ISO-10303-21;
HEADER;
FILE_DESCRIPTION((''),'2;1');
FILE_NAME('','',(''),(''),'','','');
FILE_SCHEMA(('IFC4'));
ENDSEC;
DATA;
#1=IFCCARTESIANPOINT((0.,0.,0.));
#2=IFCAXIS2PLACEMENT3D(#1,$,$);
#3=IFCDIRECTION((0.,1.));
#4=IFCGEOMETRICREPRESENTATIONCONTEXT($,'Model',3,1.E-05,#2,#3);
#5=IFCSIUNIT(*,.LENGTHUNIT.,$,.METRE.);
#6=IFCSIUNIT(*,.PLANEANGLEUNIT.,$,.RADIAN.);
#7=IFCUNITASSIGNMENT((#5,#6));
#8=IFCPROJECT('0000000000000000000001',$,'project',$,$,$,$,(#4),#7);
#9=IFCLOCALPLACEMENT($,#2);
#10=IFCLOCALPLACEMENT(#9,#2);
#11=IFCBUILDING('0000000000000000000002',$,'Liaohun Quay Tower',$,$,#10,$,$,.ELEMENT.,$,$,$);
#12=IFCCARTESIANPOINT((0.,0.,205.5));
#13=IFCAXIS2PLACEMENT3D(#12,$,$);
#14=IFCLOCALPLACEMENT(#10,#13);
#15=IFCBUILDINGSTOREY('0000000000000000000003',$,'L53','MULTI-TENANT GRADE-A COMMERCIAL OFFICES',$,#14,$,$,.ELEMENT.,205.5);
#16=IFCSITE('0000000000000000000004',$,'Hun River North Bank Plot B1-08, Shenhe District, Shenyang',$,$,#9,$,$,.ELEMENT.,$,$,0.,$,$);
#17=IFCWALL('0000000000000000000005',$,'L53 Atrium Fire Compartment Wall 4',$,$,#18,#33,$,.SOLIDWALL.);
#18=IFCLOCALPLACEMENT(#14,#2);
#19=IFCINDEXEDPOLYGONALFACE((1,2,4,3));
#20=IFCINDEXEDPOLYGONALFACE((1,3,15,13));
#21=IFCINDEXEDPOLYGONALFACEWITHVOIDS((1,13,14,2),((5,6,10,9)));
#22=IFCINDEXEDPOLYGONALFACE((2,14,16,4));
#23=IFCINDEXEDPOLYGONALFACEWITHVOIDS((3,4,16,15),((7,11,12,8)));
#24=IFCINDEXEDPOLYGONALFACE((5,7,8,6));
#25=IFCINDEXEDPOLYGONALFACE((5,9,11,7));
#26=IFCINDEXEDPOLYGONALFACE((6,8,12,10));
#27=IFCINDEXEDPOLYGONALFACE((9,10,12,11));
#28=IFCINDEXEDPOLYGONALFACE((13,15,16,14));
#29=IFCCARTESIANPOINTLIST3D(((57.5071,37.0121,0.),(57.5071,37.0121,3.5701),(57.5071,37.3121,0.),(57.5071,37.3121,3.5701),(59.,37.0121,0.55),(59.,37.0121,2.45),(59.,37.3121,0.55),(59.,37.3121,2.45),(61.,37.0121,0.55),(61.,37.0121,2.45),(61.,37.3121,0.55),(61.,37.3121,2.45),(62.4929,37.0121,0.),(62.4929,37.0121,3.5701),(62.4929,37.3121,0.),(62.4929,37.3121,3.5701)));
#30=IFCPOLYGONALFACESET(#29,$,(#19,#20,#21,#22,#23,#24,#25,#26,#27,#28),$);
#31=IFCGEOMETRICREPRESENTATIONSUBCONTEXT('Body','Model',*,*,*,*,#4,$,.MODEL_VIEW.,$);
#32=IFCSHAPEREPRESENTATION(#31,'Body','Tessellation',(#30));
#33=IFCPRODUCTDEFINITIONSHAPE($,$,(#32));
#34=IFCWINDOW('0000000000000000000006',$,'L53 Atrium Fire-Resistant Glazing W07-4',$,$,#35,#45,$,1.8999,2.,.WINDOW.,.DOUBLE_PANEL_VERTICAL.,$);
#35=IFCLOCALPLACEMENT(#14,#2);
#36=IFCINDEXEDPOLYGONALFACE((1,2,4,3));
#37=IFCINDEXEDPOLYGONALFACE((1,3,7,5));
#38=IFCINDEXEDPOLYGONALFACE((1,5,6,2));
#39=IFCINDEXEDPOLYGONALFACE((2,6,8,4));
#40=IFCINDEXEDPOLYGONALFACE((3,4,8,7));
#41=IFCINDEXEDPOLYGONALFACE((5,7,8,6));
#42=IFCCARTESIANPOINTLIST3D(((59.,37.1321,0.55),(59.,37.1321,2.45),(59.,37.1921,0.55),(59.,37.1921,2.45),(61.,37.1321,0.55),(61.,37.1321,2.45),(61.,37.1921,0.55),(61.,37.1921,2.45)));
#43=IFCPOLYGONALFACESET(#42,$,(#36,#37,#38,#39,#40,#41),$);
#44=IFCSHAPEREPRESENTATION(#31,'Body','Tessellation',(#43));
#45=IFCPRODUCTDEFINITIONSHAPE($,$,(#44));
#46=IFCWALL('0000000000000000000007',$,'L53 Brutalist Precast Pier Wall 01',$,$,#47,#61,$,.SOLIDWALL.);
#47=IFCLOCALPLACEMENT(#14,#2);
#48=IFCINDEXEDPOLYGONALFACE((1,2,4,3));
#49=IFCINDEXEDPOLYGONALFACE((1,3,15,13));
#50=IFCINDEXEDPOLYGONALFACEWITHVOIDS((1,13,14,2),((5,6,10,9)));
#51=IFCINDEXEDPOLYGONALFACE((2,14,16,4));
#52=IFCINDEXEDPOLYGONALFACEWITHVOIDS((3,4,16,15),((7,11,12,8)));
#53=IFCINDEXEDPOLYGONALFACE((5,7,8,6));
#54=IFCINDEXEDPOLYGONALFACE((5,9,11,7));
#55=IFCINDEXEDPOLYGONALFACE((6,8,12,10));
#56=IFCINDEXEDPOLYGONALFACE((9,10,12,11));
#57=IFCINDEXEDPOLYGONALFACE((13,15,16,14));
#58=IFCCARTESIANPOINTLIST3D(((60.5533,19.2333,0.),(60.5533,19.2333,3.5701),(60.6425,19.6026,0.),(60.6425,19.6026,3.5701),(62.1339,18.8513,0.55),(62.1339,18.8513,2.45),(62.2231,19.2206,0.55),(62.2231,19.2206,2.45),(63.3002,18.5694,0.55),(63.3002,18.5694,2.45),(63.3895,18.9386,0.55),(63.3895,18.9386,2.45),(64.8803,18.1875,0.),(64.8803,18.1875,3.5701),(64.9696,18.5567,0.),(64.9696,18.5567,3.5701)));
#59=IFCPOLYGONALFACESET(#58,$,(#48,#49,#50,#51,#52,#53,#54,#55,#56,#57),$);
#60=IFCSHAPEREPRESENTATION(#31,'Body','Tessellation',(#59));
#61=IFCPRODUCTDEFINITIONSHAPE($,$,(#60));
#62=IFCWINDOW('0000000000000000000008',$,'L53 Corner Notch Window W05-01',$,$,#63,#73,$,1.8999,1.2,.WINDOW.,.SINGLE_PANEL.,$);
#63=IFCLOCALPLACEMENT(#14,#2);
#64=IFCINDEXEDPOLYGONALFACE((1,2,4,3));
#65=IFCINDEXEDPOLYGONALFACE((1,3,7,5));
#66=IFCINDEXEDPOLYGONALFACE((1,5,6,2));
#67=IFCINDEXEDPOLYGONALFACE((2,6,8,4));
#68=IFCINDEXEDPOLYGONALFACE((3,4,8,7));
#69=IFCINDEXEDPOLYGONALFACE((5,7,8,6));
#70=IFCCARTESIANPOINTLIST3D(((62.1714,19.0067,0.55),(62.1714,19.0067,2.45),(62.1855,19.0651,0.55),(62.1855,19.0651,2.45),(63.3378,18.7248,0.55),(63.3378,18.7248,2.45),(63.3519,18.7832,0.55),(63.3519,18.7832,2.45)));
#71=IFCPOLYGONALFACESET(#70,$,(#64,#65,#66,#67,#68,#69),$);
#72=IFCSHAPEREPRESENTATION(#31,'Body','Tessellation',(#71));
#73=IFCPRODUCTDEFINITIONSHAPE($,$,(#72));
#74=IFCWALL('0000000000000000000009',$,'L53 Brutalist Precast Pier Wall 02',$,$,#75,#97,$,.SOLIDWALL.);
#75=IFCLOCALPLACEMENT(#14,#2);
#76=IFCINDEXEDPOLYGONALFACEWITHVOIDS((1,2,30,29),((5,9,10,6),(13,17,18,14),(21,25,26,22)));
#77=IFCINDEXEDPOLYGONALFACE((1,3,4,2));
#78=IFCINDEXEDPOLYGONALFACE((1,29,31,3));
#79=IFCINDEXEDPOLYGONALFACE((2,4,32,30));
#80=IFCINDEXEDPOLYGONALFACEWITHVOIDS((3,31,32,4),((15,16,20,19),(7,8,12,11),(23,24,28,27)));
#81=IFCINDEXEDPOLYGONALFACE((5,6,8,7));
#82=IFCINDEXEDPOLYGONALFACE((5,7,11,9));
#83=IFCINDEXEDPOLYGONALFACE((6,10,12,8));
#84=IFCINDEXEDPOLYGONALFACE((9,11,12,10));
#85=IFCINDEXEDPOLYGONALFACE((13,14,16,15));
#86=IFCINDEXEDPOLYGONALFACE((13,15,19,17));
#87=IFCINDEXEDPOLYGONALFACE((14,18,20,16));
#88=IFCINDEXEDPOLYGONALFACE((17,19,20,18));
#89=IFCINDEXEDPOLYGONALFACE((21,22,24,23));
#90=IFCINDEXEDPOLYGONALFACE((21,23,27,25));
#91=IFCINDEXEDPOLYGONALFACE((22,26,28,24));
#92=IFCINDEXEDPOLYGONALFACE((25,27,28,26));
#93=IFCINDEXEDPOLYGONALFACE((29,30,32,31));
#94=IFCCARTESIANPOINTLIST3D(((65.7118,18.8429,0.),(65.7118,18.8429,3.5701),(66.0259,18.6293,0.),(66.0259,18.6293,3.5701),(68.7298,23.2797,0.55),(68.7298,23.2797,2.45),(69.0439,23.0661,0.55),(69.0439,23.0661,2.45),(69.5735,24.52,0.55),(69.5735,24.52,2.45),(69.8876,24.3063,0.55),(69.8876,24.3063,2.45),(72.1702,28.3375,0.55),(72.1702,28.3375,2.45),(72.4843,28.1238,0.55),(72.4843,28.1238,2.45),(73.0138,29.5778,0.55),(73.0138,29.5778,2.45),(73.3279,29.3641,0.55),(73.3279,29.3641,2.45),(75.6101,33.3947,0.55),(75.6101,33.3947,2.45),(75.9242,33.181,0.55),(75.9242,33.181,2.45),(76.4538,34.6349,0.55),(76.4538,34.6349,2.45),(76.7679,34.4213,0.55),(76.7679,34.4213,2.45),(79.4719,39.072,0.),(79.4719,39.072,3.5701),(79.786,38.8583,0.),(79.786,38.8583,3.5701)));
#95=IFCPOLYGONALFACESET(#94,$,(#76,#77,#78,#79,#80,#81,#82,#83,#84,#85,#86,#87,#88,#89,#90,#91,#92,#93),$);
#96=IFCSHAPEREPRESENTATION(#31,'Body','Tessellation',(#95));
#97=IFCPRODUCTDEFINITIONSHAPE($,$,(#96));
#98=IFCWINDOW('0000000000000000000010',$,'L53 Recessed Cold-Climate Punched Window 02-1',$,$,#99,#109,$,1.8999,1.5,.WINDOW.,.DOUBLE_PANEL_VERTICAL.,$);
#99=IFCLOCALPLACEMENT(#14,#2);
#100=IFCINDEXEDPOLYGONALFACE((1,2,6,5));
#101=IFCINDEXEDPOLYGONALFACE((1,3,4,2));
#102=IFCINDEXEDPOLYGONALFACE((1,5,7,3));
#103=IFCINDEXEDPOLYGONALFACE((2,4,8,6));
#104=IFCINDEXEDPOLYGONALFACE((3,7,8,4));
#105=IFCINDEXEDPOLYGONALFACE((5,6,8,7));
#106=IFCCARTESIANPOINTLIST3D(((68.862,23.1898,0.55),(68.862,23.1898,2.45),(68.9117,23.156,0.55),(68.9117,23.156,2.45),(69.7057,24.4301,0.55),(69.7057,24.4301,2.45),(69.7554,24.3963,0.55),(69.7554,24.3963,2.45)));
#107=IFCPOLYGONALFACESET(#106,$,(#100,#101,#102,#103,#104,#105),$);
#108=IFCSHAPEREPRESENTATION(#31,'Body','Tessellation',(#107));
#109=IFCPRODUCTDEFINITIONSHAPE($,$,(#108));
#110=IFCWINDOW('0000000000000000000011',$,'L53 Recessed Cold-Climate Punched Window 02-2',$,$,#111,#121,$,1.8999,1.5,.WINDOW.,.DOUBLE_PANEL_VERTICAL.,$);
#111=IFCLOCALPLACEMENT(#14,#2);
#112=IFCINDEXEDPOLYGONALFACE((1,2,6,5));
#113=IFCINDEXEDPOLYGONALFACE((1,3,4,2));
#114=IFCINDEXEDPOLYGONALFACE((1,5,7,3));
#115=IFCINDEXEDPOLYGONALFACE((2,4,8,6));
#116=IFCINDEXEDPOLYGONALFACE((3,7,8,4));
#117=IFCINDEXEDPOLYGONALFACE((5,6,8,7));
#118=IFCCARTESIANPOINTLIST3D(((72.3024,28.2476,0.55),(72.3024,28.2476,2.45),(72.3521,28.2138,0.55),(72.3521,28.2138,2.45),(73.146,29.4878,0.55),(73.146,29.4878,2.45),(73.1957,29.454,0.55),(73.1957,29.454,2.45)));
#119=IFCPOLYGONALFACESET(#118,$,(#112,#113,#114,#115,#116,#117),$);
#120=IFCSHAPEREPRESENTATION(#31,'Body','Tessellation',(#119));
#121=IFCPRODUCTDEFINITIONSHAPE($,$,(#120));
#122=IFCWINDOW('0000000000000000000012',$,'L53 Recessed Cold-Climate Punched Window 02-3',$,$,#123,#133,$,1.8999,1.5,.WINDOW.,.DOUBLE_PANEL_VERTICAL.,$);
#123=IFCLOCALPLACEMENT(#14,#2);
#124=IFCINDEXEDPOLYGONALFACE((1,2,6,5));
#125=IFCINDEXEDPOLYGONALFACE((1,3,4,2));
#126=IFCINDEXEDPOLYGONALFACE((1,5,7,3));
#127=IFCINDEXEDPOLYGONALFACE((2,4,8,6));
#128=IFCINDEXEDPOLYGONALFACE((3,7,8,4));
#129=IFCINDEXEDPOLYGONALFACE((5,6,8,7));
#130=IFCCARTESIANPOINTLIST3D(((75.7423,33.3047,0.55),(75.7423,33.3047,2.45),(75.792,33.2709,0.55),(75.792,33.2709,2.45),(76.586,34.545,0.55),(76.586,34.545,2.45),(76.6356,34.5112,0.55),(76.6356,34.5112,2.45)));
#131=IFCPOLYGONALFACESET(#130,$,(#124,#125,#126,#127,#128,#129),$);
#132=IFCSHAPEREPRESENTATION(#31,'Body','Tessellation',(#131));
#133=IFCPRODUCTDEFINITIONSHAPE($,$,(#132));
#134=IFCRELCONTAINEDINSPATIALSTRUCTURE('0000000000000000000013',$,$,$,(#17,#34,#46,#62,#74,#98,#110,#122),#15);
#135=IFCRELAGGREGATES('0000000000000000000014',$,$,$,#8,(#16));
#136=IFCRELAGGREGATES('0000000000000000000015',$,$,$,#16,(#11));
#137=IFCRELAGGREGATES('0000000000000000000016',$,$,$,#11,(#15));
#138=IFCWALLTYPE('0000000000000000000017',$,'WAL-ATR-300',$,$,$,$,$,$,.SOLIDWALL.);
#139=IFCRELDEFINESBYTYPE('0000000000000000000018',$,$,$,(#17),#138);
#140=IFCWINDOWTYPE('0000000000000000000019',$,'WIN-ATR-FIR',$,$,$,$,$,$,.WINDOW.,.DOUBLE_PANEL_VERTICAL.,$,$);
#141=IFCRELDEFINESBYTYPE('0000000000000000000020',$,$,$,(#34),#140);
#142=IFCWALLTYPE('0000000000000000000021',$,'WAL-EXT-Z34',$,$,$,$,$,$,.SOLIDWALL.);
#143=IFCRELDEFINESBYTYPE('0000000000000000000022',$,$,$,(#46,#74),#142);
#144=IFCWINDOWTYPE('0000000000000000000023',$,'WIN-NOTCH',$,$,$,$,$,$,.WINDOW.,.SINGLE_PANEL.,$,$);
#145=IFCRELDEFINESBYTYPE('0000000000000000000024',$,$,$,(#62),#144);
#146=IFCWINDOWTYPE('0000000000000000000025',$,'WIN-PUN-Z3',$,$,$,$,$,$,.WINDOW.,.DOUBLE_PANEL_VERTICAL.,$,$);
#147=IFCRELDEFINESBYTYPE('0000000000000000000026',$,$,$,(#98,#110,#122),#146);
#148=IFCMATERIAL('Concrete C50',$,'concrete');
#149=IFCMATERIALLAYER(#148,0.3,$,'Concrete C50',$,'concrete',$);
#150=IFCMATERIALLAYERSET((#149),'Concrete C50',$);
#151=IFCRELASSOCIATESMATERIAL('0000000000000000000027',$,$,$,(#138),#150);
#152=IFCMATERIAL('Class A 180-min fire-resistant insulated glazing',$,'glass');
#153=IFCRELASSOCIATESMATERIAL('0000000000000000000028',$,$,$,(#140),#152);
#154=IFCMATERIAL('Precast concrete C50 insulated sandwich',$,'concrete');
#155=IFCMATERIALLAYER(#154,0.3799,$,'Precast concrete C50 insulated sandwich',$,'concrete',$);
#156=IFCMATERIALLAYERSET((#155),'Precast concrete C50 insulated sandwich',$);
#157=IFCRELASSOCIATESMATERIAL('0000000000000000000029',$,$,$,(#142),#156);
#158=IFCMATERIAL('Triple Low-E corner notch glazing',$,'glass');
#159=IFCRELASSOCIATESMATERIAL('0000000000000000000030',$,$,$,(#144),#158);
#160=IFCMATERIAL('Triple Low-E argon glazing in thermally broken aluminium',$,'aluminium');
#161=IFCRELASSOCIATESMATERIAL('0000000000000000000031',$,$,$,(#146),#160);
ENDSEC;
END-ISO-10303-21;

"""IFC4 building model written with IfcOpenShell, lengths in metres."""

from ifc_helpers import new_model, si_unit, direction, frame, frame_2d, origin, place, context, subcontext, project, spatial, rectangle, extrude, source, transform, mapped, material, layer, layer_set, type_object, element, fill, save


model = new_model("IFC4")

# Units and contexts
model_context = context("Model", 3, precision=1e-05, world=origin(), true_north=direction((0.0, 1.0)))
body_context = subcontext(model_context, "Body", "Model", "MODEL_VIEW")
ifc_project = project(units=[si_unit("LENGTHUNIT", "METRE"), si_unit("PLANEANGLEUNIT", "RADIAN")], contexts=[model_context])

# Site, building, storey
site_placement = place(None, origin())
site = spatial("IfcSite", under=ifc_project, at=site_placement, Name="Hun River North Bank Plot B1-08, Shenhe District, Shenyang", CompositionType="ELEMENT", RefElevation=0.0)
building_placement = place(site_placement, origin())
building = spatial("IfcBuilding", under=site, at=building_placement, Name="Liaohun Quay Tower", CompositionType="ELEMENT")
storey_placement = place(building_placement, frame((0.0, 0.0, 205.5)))
storey = spatial("IfcBuildingStorey", under=building, at=storey_placement, Name="L53", Description="MULTI-TENANT GRADE-A COMMERCIAL OFFICES", CompositionType="ELEMENT", Elevation=205.5)

# Walls, openings, windows
ifc_material_1 = material(Name="Concrete C50", Category="concrete")
ifc_layer_1 = layer(ifc_material_1, 0.3, Name="Concrete C50", Category="concrete")
ifc_layer_set_1 = layer_set([ifc_layer_1], Name="Concrete C50")
wall_type_1 = type_object("IfcWallType", Name="WAL-ATR-300", PredefinedType="SOLIDWALL", material=ifc_layer_set_1)
shared_shape_1 = source(origin(), body_context, "Body", "SweptSolid", [
    extrude(rectangle(XDim=2.0, YDim=1.8999, at=frame_2d((1.0, 0.95))), frame((0.0, 0.1599, 0.0), z_axis=(0.0, -1.0, 0.0), x_axis=(1.0, 0.0, 0.0)), (0.0, 0.0, 1.0), 0.3201),
])
ifc_material_2 = material(Name="Class A 180-min fire-resistant insulated glazing", Category="glass")
window_type_1 = type_object("IfcWindowType", Name="WIN-ATR-FIR", PartitioningType="DOUBLE_PANEL_VERTICAL", PredefinedType="WINDOW", material=ifc_material_2)
shared_shape_2 = source(origin(), body_context, "Body", "SweptSolid", [
    extrude(rectangle(XDim=2.0, YDim=1.8999, at=frame_2d((1.0, 0.95))), frame((0.0, 0.03, 0.0), z_axis=(0.0, -1.0, 0.0), x_axis=(1.0, 0.0, 0.0)), (0.0, 0.0, 1.0), 0.0601),
])
wall_1_placement = place(storey_placement, frame((62.4929, 37.1621, 0.0), z_axis=(0.0, 0.0, 1.0), x_axis=(-1.0, 0.0, 0.0)))
wall_1 = element("IfcWall", 1, at=wall_1_placement, inside=storey, type_object=wall_type_1, Name="L53 Atrium Fire Compartment Wall 4", PredefinedType="SOLIDWALL", context=body_context, shape_type="SweptSolid", body=[
    extrude(rectangle(XDim=4.9858, YDim=0.3, at=frame_2d((2.4929, 0.0))), origin(), (0.0, 0.0, 1.0), 3.5701),
])
opening_1_placement = place(wall_1_placement, frame((1.4929, 0.0, 0.55)))
opening_1 = element("IfcOpeningElement", 2, at=opening_1_placement, cuts=wall_1, PredefinedType="OPENING", context=body_context, shape_type="MappedRepresentation", body=[
    mapped(shared_shape_1, transform((0.0, 0.0, 0.0), x_axis=(1.0, 0.0, 0.0), y_axis=(0.0, 1.0, 0.0), z_axis=(0.0, 0.0, 1.0), scale=1.0)),
])
window_1_placement = place(opening_1_placement, origin())
window_1 = element("IfcWindow", 3, at=window_1_placement, inside=storey, type_object=window_type_1, Name="L53 Atrium Fire-Resistant Glazing W07-4", OverallHeight=1.8999, OverallWidth=2.0, PartitioningType="DOUBLE_PANEL_VERTICAL", PredefinedType="WINDOW", context=body_context, shape_type="MappedRepresentation", body=[
    mapped(shared_shape_2, transform((0.0, 0.0, 0.0), x_axis=(1.0, 0.0, 0.0), y_axis=(0.0, 1.0, 0.0), z_axis=(0.0, 0.0, 1.0), scale=1.0)),
])
fill(opening_1, window_1)
ifc_material_3 = material(Name="Precast concrete C50 insulated sandwich", Category="concrete")
ifc_layer_2 = layer(ifc_material_3, 0.3799, Name="Precast concrete C50 insulated sandwich", Category="concrete")
ifc_layer_set_2 = layer_set([ifc_layer_2], Name="Precast concrete C50 insulated sandwich")
wall_type_2 = type_object("IfcWallType", Name="WAL-EXT-Z34", PredefinedType="SOLIDWALL", material=ifc_layer_set_2)
wall_2_placement = place(storey_placement, frame((60.5979, 19.418, 0.0), z_axis=(0.0, 0.0, 1.0), x_axis=(0.97201, -0.234941, 0.0)))
wall_2 = element("IfcWall", 4, at=wall_2_placement, inside=storey, type_object=wall_type_2, Name="L53 Brutalist Precast Pier Wall 01", PredefinedType="SOLIDWALL", context=body_context, shape_type="SweptSolid", body=[
    extrude(rectangle(XDim=4.4517, YDim=0.3799, at=frame_2d((2.2258, 0.0))), origin(), (0.0, 0.0, 1.0), 3.5701),
])
shared_shape_3 = source(origin(), body_context, "Body", "SweptSolid", [
    extrude(rectangle(XDim=1.2, YDim=1.8999, at=frame_2d((0.6001, 0.95))), frame((0.0, 0.2, 0.0), z_axis=(0.0, -1.0, 0.0), x_axis=(1.0, 0.0, 0.0)), (0.0, 0.0, 1.0), 0.3999),
])
opening_2_placement = place(wall_2_placement, frame((1.626, 0.0, 0.55)))
opening_2 = element("IfcOpeningElement", 5, at=opening_2_placement, cuts=wall_2, PredefinedType="OPENING", context=body_context, shape_type="MappedRepresentation", body=[
    mapped(shared_shape_3, transform((0.0, 0.0, 0.0), x_axis=(1.0, 0.0, 0.0), y_axis=(0.0, 1.0, 0.0), z_axis=(0.0, 0.0, 1.0), scale=1.0)),
])
ifc_material_4 = material(Name="Triple Low-E corner notch glazing", Category="glass")
window_type_2 = type_object("IfcWindowType", Name="WIN-NOTCH", PartitioningType="SINGLE_PANEL", PredefinedType="WINDOW", material=ifc_material_4)
shared_shape_4 = source(origin(), body_context, "Body", "SweptSolid", [
    extrude(rectangle(XDim=1.2, YDim=1.8999, at=frame_2d((0.6001, 0.95))), frame((0.0, 0.03, 0.0), z_axis=(0.0, -1.0, 0.0), x_axis=(1.0, 0.0, 0.0)), (0.0, 0.0, 1.0), 0.0601),
])
window_2_placement = place(opening_2_placement, origin())
window_2 = element("IfcWindow", 6, at=window_2_placement, inside=storey, type_object=window_type_2, Name="L53 Corner Notch Window W05-01", OverallHeight=1.8999, OverallWidth=1.2, PartitioningType="SINGLE_PANEL", PredefinedType="WINDOW", context=body_context, shape_type="MappedRepresentation", body=[
    mapped(shared_shape_4, transform((0.0, 0.0, 0.0), x_axis=(1.0, 0.0, 0.0), y_axis=(0.0, 1.0, 0.0), z_axis=(0.0, 0.0, 1.0), scale=1.0)),
])
fill(opening_2, window_2)

# Wall, openings, windows
wall_3_placement = place(storey_placement, frame((65.8689, 18.7361, 0.0), z_axis=(0.0, 0.0, 1.0), x_axis=(0.56243, 0.826845, 0.0)))
wall_3 = element("IfcWall", 7, at=wall_3_placement, inside=storey, type_object=wall_type_2, Name="L53 Brutalist Precast Pier Wall 02", PredefinedType="SOLIDWALL", context=body_context, shape_type="SweptSolid", body=[
    extrude(rectangle(XDim=24.4653, YDim=0.3799, at=frame_2d((12.2327, 0.0))), origin(), (0.0, 0.0, 1.0), 3.5701),
])
shared_shape_5 = source(origin(), body_context, "Body", "SweptSolid", [
    extrude(rectangle(XDim=1.5, YDim=1.8999, at=frame_2d((0.75, 0.95))), frame((0.0, 0.2, 0.0), z_axis=(0.0, -1.0, 0.0), x_axis=(1.0, 0.0, 0.0)), (0.0, 0.0, 1.0), 0.3999),
])
opening_3_placement = place(wall_3_placement, frame((5.366, 0.0, 0.55)))
opening_3 = element("IfcOpeningElement", 8, at=opening_3_placement, cuts=wall_3, PredefinedType="OPENING", context=body_context, shape_type="MappedRepresentation", body=[
    mapped(shared_shape_5, transform((0.0, 0.0, 0.0), x_axis=(1.0, 0.0, 0.0), y_axis=(0.0, 1.0, 0.0), z_axis=(0.0, 0.0, 1.0), scale=1.0)),
])
opening_4_placement = place(wall_3_placement, frame((11.4829, 0.0, 0.55)))
opening_4 = element("IfcOpeningElement", 9, at=opening_4_placement, cuts=wall_3, PredefinedType="OPENING", context=body_context, shape_type="MappedRepresentation", body=[
    mapped(shared_shape_5, transform((0.0, 0.0, 0.0), x_axis=(1.0, 0.0, 0.0), y_axis=(0.0, 1.0, 0.0), z_axis=(0.0, 0.0, 1.0), scale=1.0)),
])
opening_5_placement = place(wall_3_placement, frame((17.5991, 0.0, 0.55)))
opening_5 = element("IfcOpeningElement", 10, at=opening_5_placement, cuts=wall_3, PredefinedType="OPENING", context=body_context, shape_type="MappedRepresentation", body=[
    mapped(shared_shape_5, transform((0.0, 0.0, 0.0), x_axis=(1.0, 0.0, 0.0), y_axis=(0.0, 1.0, 0.0), z_axis=(0.0, 0.0, 1.0), scale=1.0)),
])
ifc_material_5 = material(Name="Triple Low-E argon glazing in thermally broken aluminium", Category="aluminium")
window_type_3 = type_object("IfcWindowType", Name="WIN-PUN-Z3", PartitioningType="DOUBLE_PANEL_VERTICAL", PredefinedType="WINDOW", material=ifc_material_5)
shared_shape_6 = source(origin(), body_context, "Body", "SweptSolid", [
    extrude(rectangle(XDim=1.5, YDim=1.8999, at=frame_2d((0.75, 0.95))), frame((0.0, 0.03, 0.0), z_axis=(0.0, -1.0, 0.0), x_axis=(1.0, 0.0, 0.0)), (0.0, 0.0, 1.0), 0.0601),
])
window_3_placement = place(opening_3_placement, origin())
window_3 = element("IfcWindow", 11, at=window_3_placement, inside=storey, type_object=window_type_3, Name="L53 Recessed Cold-Climate Punched Window 02-1", OverallHeight=1.8999, OverallWidth=1.5, PartitioningType="DOUBLE_PANEL_VERTICAL", PredefinedType="WINDOW", context=body_context, shape_type="MappedRepresentation", body=[
    mapped(shared_shape_6, transform((0.0, 0.0, 0.0), x_axis=(1.0, 0.0, 0.0), y_axis=(0.0, 1.0, 0.0), z_axis=(0.0, 0.0, 1.0), scale=1.0)),
])
fill(opening_3, window_3)
window_4_placement = place(opening_4_placement, origin())
window_4 = element("IfcWindow", 12, at=window_4_placement, inside=storey, type_object=window_type_3, Name="L53 Recessed Cold-Climate Punched Window 02-2", OverallHeight=1.8999, OverallWidth=1.5, PartitioningType="DOUBLE_PANEL_VERTICAL", PredefinedType="WINDOW", context=body_context, shape_type="MappedRepresentation", body=[
    mapped(shared_shape_6, transform((0.0, 0.0, 0.0), x_axis=(1.0, 0.0, 0.0), y_axis=(0.0, 1.0, 0.0), z_axis=(0.0, 0.0, 1.0), scale=1.0)),
])
fill(opening_4, window_4)
window_5_placement = place(opening_5_placement, origin())
window_5 = element("IfcWindow", 13, at=window_5_placement, inside=storey, type_object=window_type_3, Name="L53 Recessed Cold-Climate Punched Window 02-3", OverallHeight=1.8999, OverallWidth=1.5, PartitioningType="DOUBLE_PANEL_VERTICAL", PredefinedType="WINDOW", context=body_context, shape_type="MappedRepresentation", body=[
    mapped(shared_shape_6, transform((0.0, 0.0, 0.0), x_axis=(1.0, 0.0, 0.0), y_axis=(0.0, 1.0, 0.0), z_axis=(0.0, 0.0, 1.0), scale=1.0)),
])
fill(opening_5, window_5)

save(model, "model.ifc")
